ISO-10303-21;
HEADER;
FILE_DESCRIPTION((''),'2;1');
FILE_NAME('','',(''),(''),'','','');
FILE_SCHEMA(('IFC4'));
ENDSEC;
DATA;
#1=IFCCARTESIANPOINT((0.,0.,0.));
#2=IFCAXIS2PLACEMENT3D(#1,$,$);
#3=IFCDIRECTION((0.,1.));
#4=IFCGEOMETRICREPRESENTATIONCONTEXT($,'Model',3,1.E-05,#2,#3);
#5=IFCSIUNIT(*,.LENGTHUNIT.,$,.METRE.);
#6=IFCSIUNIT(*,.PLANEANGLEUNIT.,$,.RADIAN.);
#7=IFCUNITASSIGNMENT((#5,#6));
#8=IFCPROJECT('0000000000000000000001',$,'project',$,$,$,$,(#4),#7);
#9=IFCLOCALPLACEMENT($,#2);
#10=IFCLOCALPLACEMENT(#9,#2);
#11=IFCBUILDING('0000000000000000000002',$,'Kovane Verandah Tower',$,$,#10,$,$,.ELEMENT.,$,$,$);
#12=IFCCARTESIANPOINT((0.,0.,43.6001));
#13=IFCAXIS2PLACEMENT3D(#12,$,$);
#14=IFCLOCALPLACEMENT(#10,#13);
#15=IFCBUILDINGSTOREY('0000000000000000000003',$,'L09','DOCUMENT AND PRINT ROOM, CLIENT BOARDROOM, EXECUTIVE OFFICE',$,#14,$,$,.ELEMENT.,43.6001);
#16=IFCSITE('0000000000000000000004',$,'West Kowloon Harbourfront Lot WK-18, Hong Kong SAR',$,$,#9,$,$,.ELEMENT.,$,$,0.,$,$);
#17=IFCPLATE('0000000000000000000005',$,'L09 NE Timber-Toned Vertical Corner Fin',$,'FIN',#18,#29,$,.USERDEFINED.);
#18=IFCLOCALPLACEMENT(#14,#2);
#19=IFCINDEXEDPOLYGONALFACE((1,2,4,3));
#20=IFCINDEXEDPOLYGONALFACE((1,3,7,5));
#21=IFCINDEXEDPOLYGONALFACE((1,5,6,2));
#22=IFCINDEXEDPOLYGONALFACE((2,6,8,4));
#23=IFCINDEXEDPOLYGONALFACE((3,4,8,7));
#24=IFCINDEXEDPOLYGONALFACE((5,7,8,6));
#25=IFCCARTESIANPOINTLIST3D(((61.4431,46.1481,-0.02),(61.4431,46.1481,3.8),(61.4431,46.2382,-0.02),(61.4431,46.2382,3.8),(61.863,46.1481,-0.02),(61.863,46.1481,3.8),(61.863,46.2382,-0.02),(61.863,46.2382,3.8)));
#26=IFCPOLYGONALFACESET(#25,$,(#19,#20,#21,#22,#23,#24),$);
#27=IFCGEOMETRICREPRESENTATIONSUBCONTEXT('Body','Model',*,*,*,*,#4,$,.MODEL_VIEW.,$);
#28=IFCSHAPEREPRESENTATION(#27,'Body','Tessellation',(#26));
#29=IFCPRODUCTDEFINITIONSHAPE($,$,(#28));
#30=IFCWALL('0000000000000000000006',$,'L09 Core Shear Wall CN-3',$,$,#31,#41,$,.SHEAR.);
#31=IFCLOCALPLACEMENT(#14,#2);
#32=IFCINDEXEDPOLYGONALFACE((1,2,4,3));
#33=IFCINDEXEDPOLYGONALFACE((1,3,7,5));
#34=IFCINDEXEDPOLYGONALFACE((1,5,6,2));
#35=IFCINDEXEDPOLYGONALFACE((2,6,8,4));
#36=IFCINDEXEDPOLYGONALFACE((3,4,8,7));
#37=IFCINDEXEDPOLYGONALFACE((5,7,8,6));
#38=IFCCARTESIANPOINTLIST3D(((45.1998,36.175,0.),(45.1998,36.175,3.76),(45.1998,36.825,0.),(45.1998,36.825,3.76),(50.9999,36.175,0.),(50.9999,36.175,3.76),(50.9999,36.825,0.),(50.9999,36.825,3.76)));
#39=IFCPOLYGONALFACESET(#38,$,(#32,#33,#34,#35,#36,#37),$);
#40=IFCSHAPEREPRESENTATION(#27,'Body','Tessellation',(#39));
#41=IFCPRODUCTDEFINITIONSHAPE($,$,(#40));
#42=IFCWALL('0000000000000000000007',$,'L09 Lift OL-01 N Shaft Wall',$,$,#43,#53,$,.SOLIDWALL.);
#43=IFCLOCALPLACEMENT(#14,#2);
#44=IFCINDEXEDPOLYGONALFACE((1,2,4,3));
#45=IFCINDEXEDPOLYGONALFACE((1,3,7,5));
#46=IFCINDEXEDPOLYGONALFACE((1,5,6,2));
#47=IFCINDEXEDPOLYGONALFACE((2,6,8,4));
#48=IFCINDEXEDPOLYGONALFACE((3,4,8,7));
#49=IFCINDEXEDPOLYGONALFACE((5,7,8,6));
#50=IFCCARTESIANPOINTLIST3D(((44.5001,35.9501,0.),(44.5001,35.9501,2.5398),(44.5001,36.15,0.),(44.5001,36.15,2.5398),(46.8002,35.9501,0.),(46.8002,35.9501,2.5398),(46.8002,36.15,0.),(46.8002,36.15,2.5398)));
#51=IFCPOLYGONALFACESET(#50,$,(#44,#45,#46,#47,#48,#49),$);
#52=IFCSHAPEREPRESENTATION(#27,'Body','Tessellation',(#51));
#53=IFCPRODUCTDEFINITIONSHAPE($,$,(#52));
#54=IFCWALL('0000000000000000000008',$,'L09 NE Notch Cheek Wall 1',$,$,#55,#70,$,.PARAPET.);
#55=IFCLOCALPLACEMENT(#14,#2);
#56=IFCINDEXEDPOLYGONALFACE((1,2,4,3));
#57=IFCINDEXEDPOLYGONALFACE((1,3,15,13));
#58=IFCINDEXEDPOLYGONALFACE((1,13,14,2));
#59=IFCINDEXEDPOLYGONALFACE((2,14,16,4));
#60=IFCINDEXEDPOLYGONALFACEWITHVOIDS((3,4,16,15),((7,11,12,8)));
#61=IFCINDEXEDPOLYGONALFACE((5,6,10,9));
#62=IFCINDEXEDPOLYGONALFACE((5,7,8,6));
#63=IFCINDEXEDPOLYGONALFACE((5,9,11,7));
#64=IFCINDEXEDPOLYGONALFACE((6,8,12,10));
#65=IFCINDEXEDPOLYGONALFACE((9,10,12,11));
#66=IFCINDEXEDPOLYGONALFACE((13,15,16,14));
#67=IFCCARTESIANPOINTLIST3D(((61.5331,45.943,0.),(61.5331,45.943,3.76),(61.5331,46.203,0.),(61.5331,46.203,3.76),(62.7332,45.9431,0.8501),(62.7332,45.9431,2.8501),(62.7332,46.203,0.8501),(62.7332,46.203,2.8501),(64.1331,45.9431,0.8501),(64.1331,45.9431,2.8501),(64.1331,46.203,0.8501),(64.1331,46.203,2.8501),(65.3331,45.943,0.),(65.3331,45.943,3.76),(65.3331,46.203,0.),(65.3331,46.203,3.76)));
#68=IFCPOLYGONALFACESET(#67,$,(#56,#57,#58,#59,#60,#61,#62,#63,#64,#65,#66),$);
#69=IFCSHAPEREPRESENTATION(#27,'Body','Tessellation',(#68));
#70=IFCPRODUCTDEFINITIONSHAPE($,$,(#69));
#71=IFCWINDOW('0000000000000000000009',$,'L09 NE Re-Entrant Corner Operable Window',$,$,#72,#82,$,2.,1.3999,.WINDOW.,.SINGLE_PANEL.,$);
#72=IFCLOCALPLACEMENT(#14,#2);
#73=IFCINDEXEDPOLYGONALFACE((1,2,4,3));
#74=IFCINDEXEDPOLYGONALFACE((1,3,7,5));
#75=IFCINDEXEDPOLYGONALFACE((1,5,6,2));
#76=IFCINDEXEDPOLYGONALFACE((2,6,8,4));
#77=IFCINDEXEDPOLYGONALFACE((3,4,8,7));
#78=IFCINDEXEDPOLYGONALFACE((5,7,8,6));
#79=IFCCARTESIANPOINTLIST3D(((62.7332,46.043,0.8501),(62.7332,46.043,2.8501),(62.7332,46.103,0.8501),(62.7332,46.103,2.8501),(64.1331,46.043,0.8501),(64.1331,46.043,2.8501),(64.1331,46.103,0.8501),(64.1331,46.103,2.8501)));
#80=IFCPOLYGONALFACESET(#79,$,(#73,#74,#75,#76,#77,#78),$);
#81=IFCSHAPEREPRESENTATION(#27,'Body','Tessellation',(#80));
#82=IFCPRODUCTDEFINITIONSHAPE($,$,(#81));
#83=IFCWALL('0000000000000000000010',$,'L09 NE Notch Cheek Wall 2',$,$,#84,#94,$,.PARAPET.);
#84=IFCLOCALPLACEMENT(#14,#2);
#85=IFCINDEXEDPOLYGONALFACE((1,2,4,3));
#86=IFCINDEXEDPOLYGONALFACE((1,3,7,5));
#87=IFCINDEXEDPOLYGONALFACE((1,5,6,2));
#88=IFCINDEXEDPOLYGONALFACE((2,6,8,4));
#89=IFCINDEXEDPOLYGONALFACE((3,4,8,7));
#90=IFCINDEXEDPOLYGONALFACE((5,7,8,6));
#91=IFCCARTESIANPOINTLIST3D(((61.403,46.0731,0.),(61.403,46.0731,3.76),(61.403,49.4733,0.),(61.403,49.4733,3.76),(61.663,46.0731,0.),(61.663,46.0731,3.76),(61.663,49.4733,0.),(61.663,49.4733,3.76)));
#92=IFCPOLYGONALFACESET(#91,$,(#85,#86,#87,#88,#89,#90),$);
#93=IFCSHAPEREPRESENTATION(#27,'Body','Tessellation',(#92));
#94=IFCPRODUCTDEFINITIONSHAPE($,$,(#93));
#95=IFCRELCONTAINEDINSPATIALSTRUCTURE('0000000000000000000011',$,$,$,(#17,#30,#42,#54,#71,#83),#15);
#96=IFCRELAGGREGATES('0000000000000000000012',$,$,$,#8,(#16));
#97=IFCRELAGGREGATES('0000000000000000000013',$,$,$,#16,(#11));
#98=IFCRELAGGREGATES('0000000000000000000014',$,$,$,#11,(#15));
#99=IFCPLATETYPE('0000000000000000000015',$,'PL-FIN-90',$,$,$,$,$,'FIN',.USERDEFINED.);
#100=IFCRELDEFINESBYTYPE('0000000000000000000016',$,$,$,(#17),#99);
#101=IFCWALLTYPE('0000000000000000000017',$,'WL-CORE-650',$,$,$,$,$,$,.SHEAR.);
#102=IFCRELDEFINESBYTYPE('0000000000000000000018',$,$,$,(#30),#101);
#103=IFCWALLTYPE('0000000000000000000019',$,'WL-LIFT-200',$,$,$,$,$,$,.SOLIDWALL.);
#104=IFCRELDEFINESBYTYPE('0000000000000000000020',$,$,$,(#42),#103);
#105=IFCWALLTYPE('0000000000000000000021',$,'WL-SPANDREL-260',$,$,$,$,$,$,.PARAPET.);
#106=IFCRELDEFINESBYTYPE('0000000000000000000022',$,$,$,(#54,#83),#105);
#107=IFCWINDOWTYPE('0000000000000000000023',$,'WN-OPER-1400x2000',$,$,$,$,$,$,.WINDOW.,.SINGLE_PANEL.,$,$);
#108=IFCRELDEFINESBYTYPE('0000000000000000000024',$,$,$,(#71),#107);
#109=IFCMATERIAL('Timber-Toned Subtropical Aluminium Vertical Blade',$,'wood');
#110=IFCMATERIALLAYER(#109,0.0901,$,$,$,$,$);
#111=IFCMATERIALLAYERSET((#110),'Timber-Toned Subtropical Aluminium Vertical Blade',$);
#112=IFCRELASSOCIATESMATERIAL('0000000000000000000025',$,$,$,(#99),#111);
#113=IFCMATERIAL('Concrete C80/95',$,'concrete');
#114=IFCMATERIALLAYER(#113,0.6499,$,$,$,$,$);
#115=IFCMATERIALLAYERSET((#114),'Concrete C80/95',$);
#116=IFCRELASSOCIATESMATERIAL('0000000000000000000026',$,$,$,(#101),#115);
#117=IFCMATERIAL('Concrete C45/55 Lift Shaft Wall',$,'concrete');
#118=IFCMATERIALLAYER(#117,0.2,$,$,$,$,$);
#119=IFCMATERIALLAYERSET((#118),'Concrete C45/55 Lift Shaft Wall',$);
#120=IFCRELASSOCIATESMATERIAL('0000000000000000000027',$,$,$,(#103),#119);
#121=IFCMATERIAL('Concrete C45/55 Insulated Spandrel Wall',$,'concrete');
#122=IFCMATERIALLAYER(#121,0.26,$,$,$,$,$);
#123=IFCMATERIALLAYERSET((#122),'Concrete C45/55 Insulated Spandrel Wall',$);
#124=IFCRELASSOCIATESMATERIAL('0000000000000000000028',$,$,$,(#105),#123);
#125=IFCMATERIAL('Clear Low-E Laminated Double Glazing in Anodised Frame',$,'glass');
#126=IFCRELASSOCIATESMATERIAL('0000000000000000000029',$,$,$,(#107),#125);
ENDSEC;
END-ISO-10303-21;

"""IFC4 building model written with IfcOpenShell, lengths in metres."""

from ifc_helpers import new_model, si_unit, direction, frame, frame_2d, origin, origin_2d, place, context, subcontext, project, spatial, rectangle, extrude, material, layer, layer_set, type_object, element, fill, save


model = new_model("IFC4")

# Units and contexts
model_context = context("Model", 3, precision=1e-05, world=origin(), true_north=direction((0.0, 1.0)))
body_context = subcontext(model_context, "Body", "Model", "MODEL_VIEW")
ifc_project = project(units=[si_unit("LENGTHUNIT", "METRE"), si_unit("PLANEANGLEUNIT", "RADIAN")], contexts=[model_context])

# Site, building, storey
site_placement = place(None, origin())
site = spatial("IfcSite", under=ifc_project, at=site_placement, Name="West Kowloon Harbourfront Lot WK-18, Hong Kong SAR", CompositionType="ELEMENT", RefElevation=0.0)
building_placement = place(site_placement, origin())
building = spatial("IfcBuilding", under=site, at=building_placement, Name="Kovane Verandah Tower", CompositionType="ELEMENT")
storey_placement = place(building_placement, frame((0.0, 0.0, 43.6001)))
storey = spatial("IfcBuildingStorey", under=building, at=storey_placement, Name="L09", Description="DOCUMENT AND PRINT ROOM, CLIENT BOARDROOM, EXECUTIVE OFFICE", CompositionType="ELEMENT", Elevation=43.6001)

# Shared definitions
ifc_material_1 = material(Name="Concrete C80/95", Category="concrete")

# Plate
ifc_material_2 = material(Name="Timber-Toned Subtropical Aluminium Vertical Blade", Category="wood")
ifc_layer_1 = layer(ifc_material_2, 0.0901)
ifc_layer_set_1 = layer_set([ifc_layer_1], Name="Timber-Toned Subtropical Aluminium Vertical Blade")
plate_type = type_object("IfcPlateType", Name="PL-FIN-90", ElementType="FIN", PredefinedType="USERDEFINED", material=ifc_layer_set_1)
plate_placement = place(storey_placement, frame((61.6531, 46.1931, -0.02), z_axis=(0.0, 0.0, 1.0), x_axis=(1.0, 0.0, 0.0)))
element("IfcPlate", 1, at=plate_placement, inside=storey, type_object=plate_type, Name="L09 NE Timber-Toned Vertical Corner Fin", ObjectType="FIN", PredefinedType="USERDEFINED", context=body_context, shape_type="SweptSolid", body=[
    extrude(rectangle(XDim=0.4199, YDim=0.0901, at=origin_2d()), origin(), (0.0, 0.0, 1.0), 3.8201),
])

# Walls
ifc_layer_2 = layer(ifc_material_1, 0.6499)
ifc_layer_set_2 = layer_set([ifc_layer_2], Name="Concrete C80/95")
wall_type_1 = type_object("IfcWallType", Name="WL-CORE-650", PredefinedType="SHEAR", material=ifc_layer_set_2)
wall_1_placement = place(storey_placement, frame((45.2, 36.5, 0.0), z_axis=(0.0, 0.0, 1.0), x_axis=(1.0, 0.0, 0.0)))
element("IfcWall", 2, at=wall_1_placement, inside=storey, type_object=wall_type_1, Name="L09 Core Shear Wall CN-3", PredefinedType="SHEAR", context=body_context, shape_type="SweptSolid", body=[
    extrude(rectangle(XDim=5.8, YDim=0.6499, at=frame_2d((2.8999, 0.0))), origin(), (0.0, 0.0, 1.0), 3.76),
])
ifc_material_3 = material(Name="Concrete C45/55 Lift Shaft Wall", Category="concrete")
ifc_layer_3 = layer(ifc_material_3, 0.2)
ifc_layer_set_3 = layer_set([ifc_layer_3], Name="Concrete C45/55 Lift Shaft Wall")
wall_type_2 = type_object("IfcWallType", Name="WL-LIFT-200", PredefinedType="SOLIDWALL", material=ifc_layer_set_3)
wall_2_placement = place(storey_placement, frame((46.8, 36.05, 0.0), z_axis=(0.0, 0.0, 1.0), x_axis=(-1.0, 0.0, 0.0)))
element("IfcWall", 3, at=wall_2_placement, inside=storey, type_object=wall_type_2, Name="L09 Lift OL-01 N Shaft Wall", PredefinedType="SOLIDWALL", context=body_context, shape_type="SweptSolid", body=[
    extrude(rectangle(XDim=2.3, YDim=0.2, at=frame_2d((1.1499, 0.0))), origin(), (0.0, 0.0, 1.0), 2.5398),
])

# Shared definitions
ifc_material_4 = material(Name="Concrete C45/55 Insulated Spandrel Wall", Category="concrete")
ifc_layer_4 = layer(ifc_material_4, 0.26)
ifc_layer_set_4 = layer_set([ifc_layer_4], Name="Concrete C45/55 Insulated Spandrel Wall")
wall_type_3 = type_object("IfcWallType", Name="WL-SPANDREL-260", PredefinedType="PARAPET", material=ifc_layer_set_4)
ifc_material_5 = material(Name="Clear Low-E Laminated Double Glazing in Anodised Frame", Category="glass")

# Wall, opening, window
wall_3_placement = place(storey_placement, frame((65.333, 46.073, 0.0), z_axis=(0.0, 0.0, 1.0), x_axis=(-1.0, 0.0, 0.0)))
wall_3 = element("IfcWall", 4, at=wall_3_placement, inside=storey, type_object=wall_type_3, Name="L09 NE Notch Cheek Wall 1", PredefinedType="PARAPET", context=body_context, shape_type="SweptSolid", body=[
    extrude(rectangle(XDim=3.8, YDim=0.26, at=frame_2d((1.8999, 0.0))), origin(), (0.0, 0.0, 1.0), 3.76),
])
opening_1_placement = place(wall_3_placement, frame((1.2, 0.0, 0.8501)))
opening_1 = element("IfcOpeningElement", 5, at=opening_1_placement, cuts=wall_3, PredefinedType="OPENING", context=body_context, shape_type="SweptSolid", body=[
    extrude(rectangle(XDim=1.3999, YDim=2.0, at=frame_2d((0.7, 1.0))), frame((0.0, 0.1299, 0.0), z_axis=(0.0, -1.0, 0.0), x_axis=(1.0, 0.0, 0.0)), (0.0, 0.0, 1.0), 0.26),
])
window_type_1 = type_object("IfcWindowType", Name="WN-OPER-1400x2000", PartitioningType="SINGLE_PANEL", PredefinedType="WINDOW", material=ifc_material_5)
window_1_placement = place(opening_1_placement, origin())
window_1 = element("IfcWindow", 6, at=window_1_placement, inside=storey, type_object=window_type_1, Name="L09 NE Re-Entrant Corner Operable Window", OverallHeight=2.0, OverallWidth=1.3999, PartitioningType="SINGLE_PANEL", PredefinedType="WINDOW", context=body_context, shape_type="SweptSolid", body=[
    extrude(rectangle(XDim=1.3999, YDim=2.0, at=frame_2d((0.7, 1.0))), frame((0.0, 0.03, 0.0), z_axis=(0.0, -1.0, 0.0), x_axis=(1.0, 0.0, 0.0)), (0.0, 0.0, 1.0), 0.0601),
])
fill(opening_1, window_1)

# Wall
wall_4_placement = place(storey_placement, frame((61.533, 46.073, 0.0), z_axis=(0.0, 0.0, 1.0), x_axis=(0.0, 1.0, 0.0)))
element("IfcWall", 7, at=wall_4_placement, inside=storey, type_object=wall_type_3, Name="L09 NE Notch Cheek Wall 2", PredefinedType="PARAPET", context=body_context, shape_type="SweptSolid", body=[
    extrude(rectangle(XDim=3.4001, YDim=0.26, at=frame_2d((1.7002, 0.0))), origin(), (0.0, 0.0, 1.0), 3.76),
])

save(model, "model.ifc")
